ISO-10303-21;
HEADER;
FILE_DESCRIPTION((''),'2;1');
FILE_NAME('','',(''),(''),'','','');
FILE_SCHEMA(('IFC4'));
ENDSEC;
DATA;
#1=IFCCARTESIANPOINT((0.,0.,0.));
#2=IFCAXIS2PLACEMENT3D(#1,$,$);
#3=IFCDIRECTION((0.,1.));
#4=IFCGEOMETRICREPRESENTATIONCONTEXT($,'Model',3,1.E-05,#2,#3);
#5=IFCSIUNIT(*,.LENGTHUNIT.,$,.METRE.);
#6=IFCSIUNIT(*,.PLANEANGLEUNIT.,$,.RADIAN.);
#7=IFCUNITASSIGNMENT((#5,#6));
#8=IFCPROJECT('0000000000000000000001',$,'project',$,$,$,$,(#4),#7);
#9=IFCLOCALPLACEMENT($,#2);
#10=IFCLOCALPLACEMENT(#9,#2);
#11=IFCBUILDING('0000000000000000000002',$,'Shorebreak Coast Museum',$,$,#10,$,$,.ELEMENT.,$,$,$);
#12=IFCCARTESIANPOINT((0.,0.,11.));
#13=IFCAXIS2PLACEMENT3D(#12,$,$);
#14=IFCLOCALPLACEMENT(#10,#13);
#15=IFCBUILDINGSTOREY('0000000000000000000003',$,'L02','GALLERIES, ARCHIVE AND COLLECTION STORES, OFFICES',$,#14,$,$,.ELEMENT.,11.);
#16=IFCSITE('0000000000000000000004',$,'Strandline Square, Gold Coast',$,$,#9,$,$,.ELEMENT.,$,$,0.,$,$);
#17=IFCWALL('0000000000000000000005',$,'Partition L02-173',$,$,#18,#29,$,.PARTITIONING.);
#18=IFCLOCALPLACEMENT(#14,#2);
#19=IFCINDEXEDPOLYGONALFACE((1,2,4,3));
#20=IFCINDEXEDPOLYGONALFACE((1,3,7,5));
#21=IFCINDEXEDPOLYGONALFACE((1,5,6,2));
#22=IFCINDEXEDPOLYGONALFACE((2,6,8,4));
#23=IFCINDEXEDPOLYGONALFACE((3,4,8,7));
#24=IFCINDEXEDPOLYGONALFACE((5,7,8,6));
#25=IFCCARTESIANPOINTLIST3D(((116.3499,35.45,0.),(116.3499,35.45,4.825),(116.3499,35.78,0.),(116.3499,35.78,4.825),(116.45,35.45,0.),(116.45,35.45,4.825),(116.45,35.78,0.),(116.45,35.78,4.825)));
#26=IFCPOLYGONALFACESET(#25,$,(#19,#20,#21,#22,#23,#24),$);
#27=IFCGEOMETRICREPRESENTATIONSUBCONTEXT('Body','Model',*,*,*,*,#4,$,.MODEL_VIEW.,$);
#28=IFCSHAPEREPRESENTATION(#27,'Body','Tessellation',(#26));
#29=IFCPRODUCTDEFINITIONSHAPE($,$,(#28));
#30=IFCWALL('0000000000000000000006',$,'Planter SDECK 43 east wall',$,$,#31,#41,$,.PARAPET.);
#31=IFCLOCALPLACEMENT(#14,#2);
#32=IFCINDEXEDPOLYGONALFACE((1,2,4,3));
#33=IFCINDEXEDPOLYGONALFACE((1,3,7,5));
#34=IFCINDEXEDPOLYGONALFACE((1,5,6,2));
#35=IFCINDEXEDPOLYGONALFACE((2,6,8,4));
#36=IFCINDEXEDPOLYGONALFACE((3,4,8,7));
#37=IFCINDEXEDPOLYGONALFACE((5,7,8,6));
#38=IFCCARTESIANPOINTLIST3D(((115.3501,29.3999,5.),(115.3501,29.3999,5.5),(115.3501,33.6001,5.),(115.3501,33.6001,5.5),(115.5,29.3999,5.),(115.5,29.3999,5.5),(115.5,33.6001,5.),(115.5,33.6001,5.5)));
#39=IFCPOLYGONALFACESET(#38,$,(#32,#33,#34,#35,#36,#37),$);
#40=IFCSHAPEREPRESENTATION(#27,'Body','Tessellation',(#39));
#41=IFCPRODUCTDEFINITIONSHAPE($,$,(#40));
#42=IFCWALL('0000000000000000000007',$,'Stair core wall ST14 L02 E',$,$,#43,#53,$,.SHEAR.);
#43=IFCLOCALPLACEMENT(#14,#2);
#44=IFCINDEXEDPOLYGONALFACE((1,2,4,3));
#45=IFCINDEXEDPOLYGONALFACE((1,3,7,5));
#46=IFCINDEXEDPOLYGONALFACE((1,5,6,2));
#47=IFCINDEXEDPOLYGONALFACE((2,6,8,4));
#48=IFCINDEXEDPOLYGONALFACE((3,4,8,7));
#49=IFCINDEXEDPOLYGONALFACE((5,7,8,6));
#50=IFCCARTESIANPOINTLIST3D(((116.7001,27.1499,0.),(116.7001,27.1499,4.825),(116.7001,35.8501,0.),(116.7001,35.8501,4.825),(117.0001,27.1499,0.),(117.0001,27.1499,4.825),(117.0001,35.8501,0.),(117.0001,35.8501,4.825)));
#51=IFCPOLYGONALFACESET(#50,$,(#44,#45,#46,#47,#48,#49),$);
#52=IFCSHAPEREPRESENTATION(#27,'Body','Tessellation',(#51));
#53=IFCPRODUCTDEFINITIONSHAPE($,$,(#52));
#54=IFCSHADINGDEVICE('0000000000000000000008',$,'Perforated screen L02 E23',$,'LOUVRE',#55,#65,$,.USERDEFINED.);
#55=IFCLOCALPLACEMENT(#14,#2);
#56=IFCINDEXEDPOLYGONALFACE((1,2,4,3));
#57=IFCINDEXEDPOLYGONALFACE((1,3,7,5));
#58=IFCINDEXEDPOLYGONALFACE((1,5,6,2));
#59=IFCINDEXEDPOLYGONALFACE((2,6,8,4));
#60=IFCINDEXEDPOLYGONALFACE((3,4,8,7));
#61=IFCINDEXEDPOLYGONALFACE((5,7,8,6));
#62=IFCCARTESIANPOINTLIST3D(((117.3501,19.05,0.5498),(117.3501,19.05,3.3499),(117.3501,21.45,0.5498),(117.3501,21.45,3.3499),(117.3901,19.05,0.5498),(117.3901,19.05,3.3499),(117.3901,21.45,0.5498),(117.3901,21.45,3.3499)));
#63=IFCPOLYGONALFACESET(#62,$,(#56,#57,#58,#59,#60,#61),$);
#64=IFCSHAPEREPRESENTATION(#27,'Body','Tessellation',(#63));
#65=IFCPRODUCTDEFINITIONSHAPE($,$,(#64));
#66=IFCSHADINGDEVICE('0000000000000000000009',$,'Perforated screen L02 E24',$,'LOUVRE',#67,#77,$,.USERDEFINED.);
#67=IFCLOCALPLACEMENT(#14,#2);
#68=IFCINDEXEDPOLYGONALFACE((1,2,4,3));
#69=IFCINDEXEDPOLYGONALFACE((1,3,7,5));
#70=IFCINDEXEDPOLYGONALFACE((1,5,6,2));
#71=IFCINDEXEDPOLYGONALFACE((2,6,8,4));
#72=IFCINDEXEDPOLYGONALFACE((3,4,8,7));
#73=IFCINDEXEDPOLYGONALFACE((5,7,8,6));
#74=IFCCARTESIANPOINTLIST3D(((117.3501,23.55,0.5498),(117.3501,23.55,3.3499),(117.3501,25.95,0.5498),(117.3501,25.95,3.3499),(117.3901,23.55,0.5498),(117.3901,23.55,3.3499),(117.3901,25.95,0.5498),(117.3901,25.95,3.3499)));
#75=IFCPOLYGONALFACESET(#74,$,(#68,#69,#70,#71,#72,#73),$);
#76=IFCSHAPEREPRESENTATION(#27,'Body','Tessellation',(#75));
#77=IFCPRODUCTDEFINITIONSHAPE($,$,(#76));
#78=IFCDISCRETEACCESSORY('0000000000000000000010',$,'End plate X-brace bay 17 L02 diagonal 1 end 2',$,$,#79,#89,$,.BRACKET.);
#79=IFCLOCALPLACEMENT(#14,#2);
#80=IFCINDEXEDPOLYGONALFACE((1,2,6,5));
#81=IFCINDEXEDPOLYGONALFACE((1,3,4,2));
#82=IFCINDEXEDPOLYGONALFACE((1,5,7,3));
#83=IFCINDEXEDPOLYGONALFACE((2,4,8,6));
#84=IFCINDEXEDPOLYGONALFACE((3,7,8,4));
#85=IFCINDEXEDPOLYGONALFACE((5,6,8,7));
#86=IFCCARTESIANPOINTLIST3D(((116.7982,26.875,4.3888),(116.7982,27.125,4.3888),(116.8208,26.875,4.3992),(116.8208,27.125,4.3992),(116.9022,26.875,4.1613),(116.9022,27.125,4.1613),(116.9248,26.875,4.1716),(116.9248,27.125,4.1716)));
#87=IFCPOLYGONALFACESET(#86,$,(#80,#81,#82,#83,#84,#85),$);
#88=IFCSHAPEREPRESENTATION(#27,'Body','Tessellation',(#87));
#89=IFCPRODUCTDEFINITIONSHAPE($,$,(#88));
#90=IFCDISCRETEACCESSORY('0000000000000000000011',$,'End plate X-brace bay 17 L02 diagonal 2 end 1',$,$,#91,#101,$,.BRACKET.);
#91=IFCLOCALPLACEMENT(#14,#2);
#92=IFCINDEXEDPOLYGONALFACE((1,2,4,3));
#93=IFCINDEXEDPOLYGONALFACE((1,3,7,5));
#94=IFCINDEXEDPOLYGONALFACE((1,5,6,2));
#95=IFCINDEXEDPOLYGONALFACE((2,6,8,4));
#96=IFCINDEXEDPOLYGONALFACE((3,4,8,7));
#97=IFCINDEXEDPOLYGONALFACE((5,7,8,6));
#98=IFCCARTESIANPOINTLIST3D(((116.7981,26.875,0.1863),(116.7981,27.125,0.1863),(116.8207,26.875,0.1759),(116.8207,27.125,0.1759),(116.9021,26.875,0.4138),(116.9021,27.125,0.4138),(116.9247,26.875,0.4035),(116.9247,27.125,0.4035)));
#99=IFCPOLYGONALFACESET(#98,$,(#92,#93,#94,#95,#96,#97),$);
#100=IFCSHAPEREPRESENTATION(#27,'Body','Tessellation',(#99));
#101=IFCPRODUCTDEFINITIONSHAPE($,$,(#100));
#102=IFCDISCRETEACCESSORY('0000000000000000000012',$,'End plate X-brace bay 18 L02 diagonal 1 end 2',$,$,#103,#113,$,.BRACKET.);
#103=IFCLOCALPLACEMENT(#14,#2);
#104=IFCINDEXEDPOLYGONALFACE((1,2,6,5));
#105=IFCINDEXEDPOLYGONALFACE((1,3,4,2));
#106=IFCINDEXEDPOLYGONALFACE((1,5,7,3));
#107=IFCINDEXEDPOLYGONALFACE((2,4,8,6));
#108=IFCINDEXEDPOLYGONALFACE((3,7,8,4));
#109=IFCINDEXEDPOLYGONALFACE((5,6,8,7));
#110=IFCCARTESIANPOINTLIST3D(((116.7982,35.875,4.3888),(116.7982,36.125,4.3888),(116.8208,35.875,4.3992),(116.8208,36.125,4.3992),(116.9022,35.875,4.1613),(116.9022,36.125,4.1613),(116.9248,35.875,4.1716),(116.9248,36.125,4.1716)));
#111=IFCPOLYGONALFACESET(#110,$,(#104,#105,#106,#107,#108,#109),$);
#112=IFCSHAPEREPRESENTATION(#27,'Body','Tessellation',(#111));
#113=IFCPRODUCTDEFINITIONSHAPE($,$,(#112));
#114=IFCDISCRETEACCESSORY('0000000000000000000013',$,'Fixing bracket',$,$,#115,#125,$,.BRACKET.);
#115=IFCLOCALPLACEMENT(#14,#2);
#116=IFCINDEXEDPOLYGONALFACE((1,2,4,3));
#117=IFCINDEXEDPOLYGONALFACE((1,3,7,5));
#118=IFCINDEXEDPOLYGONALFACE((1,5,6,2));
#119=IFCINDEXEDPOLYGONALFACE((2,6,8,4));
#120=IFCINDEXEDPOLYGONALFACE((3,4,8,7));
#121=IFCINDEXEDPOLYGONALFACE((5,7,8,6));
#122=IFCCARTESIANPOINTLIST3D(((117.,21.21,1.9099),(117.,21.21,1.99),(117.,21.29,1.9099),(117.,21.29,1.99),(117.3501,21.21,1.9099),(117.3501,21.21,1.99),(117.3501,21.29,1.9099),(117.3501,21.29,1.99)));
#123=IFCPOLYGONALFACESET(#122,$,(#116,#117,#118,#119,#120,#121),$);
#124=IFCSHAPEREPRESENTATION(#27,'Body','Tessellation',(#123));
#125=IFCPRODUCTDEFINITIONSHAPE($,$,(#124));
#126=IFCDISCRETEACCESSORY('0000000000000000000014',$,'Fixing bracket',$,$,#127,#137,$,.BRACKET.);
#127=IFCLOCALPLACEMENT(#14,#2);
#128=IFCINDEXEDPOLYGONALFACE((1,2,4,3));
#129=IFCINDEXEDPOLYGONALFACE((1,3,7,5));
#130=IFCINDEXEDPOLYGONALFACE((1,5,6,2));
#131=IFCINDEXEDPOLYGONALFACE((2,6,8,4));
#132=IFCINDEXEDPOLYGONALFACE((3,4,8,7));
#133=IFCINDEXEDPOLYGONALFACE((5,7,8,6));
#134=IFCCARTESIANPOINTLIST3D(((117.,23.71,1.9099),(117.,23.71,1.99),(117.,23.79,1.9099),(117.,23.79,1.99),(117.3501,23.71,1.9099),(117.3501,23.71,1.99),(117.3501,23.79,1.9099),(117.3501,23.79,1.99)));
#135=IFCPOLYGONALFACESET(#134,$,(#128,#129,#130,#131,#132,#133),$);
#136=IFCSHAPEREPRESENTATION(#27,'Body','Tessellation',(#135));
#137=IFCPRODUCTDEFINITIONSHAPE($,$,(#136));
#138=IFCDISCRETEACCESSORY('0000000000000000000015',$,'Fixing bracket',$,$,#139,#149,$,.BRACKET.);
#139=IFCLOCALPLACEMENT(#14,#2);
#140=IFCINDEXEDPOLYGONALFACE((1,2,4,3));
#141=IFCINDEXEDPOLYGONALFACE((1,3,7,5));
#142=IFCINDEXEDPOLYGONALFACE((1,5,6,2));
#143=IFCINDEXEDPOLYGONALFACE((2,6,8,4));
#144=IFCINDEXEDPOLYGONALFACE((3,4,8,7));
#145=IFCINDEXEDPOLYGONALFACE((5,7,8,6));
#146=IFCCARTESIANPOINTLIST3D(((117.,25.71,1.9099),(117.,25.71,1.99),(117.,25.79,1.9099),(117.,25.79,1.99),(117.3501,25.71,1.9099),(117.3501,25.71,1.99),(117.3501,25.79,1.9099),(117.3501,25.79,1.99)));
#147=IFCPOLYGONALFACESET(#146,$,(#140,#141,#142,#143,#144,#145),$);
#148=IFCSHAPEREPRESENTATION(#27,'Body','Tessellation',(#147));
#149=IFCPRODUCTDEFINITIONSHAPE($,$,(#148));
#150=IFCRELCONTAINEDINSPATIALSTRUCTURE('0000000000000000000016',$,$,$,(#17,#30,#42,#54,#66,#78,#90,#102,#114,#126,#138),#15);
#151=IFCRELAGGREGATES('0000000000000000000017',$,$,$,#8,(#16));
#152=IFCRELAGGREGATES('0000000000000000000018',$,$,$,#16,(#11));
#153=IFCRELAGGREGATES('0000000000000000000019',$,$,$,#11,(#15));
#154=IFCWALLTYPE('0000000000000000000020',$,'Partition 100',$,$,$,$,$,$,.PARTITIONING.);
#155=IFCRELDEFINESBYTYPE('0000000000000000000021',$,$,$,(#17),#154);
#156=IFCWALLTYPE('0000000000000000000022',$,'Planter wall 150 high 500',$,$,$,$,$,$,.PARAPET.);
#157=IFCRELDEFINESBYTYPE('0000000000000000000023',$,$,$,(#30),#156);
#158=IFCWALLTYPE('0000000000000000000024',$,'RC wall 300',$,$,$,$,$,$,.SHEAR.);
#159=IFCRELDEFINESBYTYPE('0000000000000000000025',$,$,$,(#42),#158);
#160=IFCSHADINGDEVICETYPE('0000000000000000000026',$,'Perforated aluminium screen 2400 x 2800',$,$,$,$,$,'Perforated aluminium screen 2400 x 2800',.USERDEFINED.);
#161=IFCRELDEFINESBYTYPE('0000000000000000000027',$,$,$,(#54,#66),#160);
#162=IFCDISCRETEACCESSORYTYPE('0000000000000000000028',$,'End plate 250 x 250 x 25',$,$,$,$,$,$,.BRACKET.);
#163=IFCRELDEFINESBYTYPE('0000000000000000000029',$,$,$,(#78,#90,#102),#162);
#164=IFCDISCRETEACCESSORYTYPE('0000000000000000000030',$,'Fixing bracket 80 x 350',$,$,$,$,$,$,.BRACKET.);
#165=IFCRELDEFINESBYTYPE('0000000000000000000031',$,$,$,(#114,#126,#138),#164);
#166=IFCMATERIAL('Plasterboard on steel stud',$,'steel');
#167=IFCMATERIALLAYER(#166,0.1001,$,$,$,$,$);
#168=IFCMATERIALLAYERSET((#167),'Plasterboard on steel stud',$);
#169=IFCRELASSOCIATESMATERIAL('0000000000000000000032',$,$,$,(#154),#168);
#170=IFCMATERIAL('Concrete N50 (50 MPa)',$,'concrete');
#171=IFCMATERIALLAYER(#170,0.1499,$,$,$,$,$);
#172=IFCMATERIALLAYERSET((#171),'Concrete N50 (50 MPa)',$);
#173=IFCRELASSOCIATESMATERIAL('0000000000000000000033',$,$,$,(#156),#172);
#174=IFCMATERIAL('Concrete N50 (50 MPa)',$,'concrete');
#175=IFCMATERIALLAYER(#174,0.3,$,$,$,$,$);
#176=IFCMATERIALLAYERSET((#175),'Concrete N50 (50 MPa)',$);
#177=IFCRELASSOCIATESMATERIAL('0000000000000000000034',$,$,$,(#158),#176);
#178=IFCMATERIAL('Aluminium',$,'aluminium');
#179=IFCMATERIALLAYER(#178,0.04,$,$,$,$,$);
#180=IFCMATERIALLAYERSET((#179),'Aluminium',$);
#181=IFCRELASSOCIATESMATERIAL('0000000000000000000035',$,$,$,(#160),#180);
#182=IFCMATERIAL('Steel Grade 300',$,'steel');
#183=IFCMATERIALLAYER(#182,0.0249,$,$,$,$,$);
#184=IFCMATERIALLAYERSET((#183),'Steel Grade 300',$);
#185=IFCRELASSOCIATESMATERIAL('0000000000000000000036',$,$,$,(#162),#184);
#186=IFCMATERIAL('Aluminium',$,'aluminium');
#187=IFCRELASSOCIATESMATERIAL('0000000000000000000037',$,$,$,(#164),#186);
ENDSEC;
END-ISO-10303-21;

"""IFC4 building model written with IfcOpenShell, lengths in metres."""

from ifc_helpers import new_model, si_unit, direction, frame, frame_2d, origin, origin_2d, place, context, subcontext, project, spatial, polyline, rectangle, outline, extrude, material, layer, layer_set, type_object, element, save


model = new_model("IFC4")

# Units and contexts
model_context = context("Model", 3, precision=1e-05, world=origin(), true_north=direction((0.0, 1.0)))
body_context = subcontext(model_context, "Body", "Model", "MODEL_VIEW")
ifc_project = project(units=[si_unit("LENGTHUNIT", "METRE"), si_unit("PLANEANGLEUNIT", "RADIAN")], contexts=[model_context])

# Site, building, storey
site_placement = place(None, origin())
site = spatial("IfcSite", under=ifc_project, at=site_placement, Name="Strandline Square, Gold Coast", CompositionType="ELEMENT", RefElevation=0.0)
building_placement = place(site_placement, origin())
building = spatial("IfcBuilding", under=site, at=building_placement, Name="Shorebreak Coast Museum", CompositionType="ELEMENT")
storey_placement = place(building_placement, frame((0.0, 0.0, 11.0)))
storey = spatial("IfcBuildingStorey", under=building, at=storey_placement, Name="L02", Description="GALLERIES, ARCHIVE AND COLLECTION STORES, OFFICES", CompositionType="ELEMENT", Elevation=11.0)

# Walls
ifc_material_1 = material(Name="Plasterboard on steel stud", Category="steel")
ifc_layer_1 = layer(ifc_material_1, 0.1001)
ifc_layer_set_1 = layer_set([ifc_layer_1], Name="Plasterboard on steel stud")
wall_type_1 = type_object("IfcWallType", Name="Partition 100", PredefinedType="PARTITIONING", material=ifc_layer_set_1)
wall_1_placement = place(storey_placement, frame((116.3999, 35.45, 0.0), z_axis=(0.0, 0.0, 1.0), x_axis=(0.0, 1.0, 0.0)))
element("IfcWall", 1, at=wall_1_placement, inside=storey, type_object=wall_type_1, Name="Partition L02-173", PredefinedType="PARTITIONING", context=body_context, shape_type="SweptSolid", body=[
    extrude(rectangle(XDim=0.3301, YDim=0.1001, at=frame_2d((0.165, 0.0))), origin(), (0.0, 0.0, 1.0), 4.825),
])
ifc_material_2 = material(Name="Concrete N50 (50 MPa)", Category="concrete")
ifc_layer_2 = layer(ifc_material_2, 0.1499)
ifc_layer_set_2 = layer_set([ifc_layer_2], Name="Concrete N50 (50 MPa)")
wall_type_2 = type_object("IfcWallType", Name="Planter wall 150 high 500", PredefinedType="PARAPET", material=ifc_layer_set_2)
wall_2_placement = place(storey_placement, frame((115.425, 29.3999, 5.0), z_axis=(0.0, 0.0, 1.0), x_axis=(0.0, 1.0, 0.0)))
element("IfcWall", 2, at=wall_2_placement, inside=storey, type_object=wall_type_2, Name="Planter SDECK 43 east wall", PredefinedType="PARAPET", context=body_context, shape_type="SweptSolid", body=[
    extrude(rectangle(XDim=4.2002, YDim=0.1499, at=frame_2d((2.1001, 0.0))), origin(), (0.0, 0.0, 1.0), 0.5),
])
ifc_material_3 = material(Name="Concrete N50 (50 MPa)", Category="concrete")
ifc_layer_3 = layer(ifc_material_3, 0.3)
ifc_layer_set_3 = layer_set([ifc_layer_3], Name="Concrete N50 (50 MPa)")
wall_type_3 = type_object("IfcWallType", Name="RC wall 300", PredefinedType="SHEAR", material=ifc_layer_set_3)
wall_3_placement = place(storey_placement, frame((116.8501, 27.1499, 0.0), z_axis=(0.0, 0.0, 1.0), x_axis=(0.0, 1.0, 0.0)))
element("IfcWall", 3, at=wall_3_placement, inside=storey, type_object=wall_type_3, Name="Stair core wall ST14 L02 E", PredefinedType="SHEAR", context=body_context, shape_type="SweptSolid", body=[
    extrude(rectangle(XDim=8.7002, YDim=0.3, at=frame_2d((4.3501, 0.0))), origin(), (0.0, 0.0, 1.0), 4.825),
])

# Shading devices
ifc_material_4 = material(Name="Aluminium", Category="aluminium")
ifc_layer_4 = layer(ifc_material_4, 0.04)
ifc_layer_set_4 = layer_set([ifc_layer_4], Name="Aluminium")
shading_device_type = type_object("IfcShadingDeviceType", Name="Perforated aluminium screen 2400 x 2800", ElementType="Perforated aluminium screen 2400 x 2800", PredefinedType="USERDEFINED", material=ifc_layer_set_4)
for number, where, z_axis, x_axis, name in (
    (4, (117.3701, 20.25, 0.5498), (0.0, 0.0, 1.0), (1.0, 0.0, 0.0), "Perforated screen L02 E23"),
    (5, (117.3701, 24.75, 0.5498), (0.0, 0.0, 1.0), (1.0, 0.0, 0.0), "Perforated screen L02 E24"),
):
    element("IfcShadingDevice", number, at=place(storey_placement, frame(where, z_axis=z_axis, x_axis=x_axis)), inside=storey, type_object=shading_device_type, Name=name, ObjectType="LOUVRE", PredefinedType="USERDEFINED", context=body_context, shape_type="SweptSolid", body=[
        extrude(rectangle(XDim=0.04, YDim=2.3999, at=origin_2d()), origin(), (0.0, 0.0, 1.0), 2.8),
    ])

# Discrete accessories
ifc_material_5 = material(Name="Steel Grade 300", Category="steel")
ifc_layer_5 = layer(ifc_material_5, 0.0249)
ifc_layer_set_5 = layer_set([ifc_layer_5], Name="Steel Grade 300")
discrete_accessory_type_1 = type_object("IfcDiscreteAccessoryType", Name="End plate 250 x 250 x 25", PredefinedType="BRACKET", material=ifc_layer_set_5)
for number, where, z_axis, x_axis, name in (
    (6, (116.9248, 26.875, 4.1716), (0.909496, 0.0, 0.415714), (0.0, 1.0, 0.0), "End plate X-brace bay 17 L02 diagonal 1 end 2"),
    (7, (116.7981, 27.125, 0.1863), (-0.909496, 0.0, 0.415714), (0.0, -1.0, 0.0), "End plate X-brace bay 17 L02 diagonal 2 end 1"),
    (8, (116.9248, 35.875, 4.1716), (0.909496, 0.0, 0.415714), (0.0, 1.0, 0.0), "End plate X-brace bay 18 L02 diagonal 1 end 2"),
):
    element("IfcDiscreteAccessory", number, at=place(storey_placement, frame(where, z_axis=z_axis, x_axis=x_axis)), inside=storey, type_object=discrete_accessory_type_1, Name=name, PredefinedType="BRACKET", context=body_context, shape_type="SweptSolid", body=[
        extrude(outline(polyline([(0.0, 0.0), (0.25, 0.0), (0.25, 0.2502), (0.0, 0.2502), (0.0, 0.0)])), origin(), (0.0, 0.0, -1.0), 0.0249),
    ])
ifc_material_6 = material(Name="Aluminium", Category="aluminium")
discrete_accessory_type_2 = type_object("IfcDiscreteAccessoryType", Name="Fixing bracket 80 x 350", PredefinedType="BRACKET", material=ifc_material_6)
for number, where, z_axis, x_axis, name in (
    (9, (117.175, 21.25, 1.9099), (0.0, 0.0, 1.0), (1.0, 0.0, 0.0), "Fixing bracket"),
    (10, (117.175, 23.75, 1.9099), (0.0, 0.0, 1.0), (1.0, 0.0, 0.0), "Fixing bracket"),
    (11, (117.175, 25.75, 1.9099), (0.0, 0.0, 1.0), (1.0, 0.0, 0.0), "Fixing bracket"),
):
    element("IfcDiscreteAccessory", number, at=place(storey_placement, frame(where, z_axis=z_axis, x_axis=x_axis)), inside=storey, type_object=discrete_accessory_type_2, Name=name, PredefinedType="BRACKET", context=body_context, shape_type="SweptSolid", body=[
        extrude(rectangle(XDim=0.3501, YDim=0.0801, at=origin_2d()), origin(), (0.0, 0.0, 1.0), 0.0801),
    ])

save(model, "model.ifc")
